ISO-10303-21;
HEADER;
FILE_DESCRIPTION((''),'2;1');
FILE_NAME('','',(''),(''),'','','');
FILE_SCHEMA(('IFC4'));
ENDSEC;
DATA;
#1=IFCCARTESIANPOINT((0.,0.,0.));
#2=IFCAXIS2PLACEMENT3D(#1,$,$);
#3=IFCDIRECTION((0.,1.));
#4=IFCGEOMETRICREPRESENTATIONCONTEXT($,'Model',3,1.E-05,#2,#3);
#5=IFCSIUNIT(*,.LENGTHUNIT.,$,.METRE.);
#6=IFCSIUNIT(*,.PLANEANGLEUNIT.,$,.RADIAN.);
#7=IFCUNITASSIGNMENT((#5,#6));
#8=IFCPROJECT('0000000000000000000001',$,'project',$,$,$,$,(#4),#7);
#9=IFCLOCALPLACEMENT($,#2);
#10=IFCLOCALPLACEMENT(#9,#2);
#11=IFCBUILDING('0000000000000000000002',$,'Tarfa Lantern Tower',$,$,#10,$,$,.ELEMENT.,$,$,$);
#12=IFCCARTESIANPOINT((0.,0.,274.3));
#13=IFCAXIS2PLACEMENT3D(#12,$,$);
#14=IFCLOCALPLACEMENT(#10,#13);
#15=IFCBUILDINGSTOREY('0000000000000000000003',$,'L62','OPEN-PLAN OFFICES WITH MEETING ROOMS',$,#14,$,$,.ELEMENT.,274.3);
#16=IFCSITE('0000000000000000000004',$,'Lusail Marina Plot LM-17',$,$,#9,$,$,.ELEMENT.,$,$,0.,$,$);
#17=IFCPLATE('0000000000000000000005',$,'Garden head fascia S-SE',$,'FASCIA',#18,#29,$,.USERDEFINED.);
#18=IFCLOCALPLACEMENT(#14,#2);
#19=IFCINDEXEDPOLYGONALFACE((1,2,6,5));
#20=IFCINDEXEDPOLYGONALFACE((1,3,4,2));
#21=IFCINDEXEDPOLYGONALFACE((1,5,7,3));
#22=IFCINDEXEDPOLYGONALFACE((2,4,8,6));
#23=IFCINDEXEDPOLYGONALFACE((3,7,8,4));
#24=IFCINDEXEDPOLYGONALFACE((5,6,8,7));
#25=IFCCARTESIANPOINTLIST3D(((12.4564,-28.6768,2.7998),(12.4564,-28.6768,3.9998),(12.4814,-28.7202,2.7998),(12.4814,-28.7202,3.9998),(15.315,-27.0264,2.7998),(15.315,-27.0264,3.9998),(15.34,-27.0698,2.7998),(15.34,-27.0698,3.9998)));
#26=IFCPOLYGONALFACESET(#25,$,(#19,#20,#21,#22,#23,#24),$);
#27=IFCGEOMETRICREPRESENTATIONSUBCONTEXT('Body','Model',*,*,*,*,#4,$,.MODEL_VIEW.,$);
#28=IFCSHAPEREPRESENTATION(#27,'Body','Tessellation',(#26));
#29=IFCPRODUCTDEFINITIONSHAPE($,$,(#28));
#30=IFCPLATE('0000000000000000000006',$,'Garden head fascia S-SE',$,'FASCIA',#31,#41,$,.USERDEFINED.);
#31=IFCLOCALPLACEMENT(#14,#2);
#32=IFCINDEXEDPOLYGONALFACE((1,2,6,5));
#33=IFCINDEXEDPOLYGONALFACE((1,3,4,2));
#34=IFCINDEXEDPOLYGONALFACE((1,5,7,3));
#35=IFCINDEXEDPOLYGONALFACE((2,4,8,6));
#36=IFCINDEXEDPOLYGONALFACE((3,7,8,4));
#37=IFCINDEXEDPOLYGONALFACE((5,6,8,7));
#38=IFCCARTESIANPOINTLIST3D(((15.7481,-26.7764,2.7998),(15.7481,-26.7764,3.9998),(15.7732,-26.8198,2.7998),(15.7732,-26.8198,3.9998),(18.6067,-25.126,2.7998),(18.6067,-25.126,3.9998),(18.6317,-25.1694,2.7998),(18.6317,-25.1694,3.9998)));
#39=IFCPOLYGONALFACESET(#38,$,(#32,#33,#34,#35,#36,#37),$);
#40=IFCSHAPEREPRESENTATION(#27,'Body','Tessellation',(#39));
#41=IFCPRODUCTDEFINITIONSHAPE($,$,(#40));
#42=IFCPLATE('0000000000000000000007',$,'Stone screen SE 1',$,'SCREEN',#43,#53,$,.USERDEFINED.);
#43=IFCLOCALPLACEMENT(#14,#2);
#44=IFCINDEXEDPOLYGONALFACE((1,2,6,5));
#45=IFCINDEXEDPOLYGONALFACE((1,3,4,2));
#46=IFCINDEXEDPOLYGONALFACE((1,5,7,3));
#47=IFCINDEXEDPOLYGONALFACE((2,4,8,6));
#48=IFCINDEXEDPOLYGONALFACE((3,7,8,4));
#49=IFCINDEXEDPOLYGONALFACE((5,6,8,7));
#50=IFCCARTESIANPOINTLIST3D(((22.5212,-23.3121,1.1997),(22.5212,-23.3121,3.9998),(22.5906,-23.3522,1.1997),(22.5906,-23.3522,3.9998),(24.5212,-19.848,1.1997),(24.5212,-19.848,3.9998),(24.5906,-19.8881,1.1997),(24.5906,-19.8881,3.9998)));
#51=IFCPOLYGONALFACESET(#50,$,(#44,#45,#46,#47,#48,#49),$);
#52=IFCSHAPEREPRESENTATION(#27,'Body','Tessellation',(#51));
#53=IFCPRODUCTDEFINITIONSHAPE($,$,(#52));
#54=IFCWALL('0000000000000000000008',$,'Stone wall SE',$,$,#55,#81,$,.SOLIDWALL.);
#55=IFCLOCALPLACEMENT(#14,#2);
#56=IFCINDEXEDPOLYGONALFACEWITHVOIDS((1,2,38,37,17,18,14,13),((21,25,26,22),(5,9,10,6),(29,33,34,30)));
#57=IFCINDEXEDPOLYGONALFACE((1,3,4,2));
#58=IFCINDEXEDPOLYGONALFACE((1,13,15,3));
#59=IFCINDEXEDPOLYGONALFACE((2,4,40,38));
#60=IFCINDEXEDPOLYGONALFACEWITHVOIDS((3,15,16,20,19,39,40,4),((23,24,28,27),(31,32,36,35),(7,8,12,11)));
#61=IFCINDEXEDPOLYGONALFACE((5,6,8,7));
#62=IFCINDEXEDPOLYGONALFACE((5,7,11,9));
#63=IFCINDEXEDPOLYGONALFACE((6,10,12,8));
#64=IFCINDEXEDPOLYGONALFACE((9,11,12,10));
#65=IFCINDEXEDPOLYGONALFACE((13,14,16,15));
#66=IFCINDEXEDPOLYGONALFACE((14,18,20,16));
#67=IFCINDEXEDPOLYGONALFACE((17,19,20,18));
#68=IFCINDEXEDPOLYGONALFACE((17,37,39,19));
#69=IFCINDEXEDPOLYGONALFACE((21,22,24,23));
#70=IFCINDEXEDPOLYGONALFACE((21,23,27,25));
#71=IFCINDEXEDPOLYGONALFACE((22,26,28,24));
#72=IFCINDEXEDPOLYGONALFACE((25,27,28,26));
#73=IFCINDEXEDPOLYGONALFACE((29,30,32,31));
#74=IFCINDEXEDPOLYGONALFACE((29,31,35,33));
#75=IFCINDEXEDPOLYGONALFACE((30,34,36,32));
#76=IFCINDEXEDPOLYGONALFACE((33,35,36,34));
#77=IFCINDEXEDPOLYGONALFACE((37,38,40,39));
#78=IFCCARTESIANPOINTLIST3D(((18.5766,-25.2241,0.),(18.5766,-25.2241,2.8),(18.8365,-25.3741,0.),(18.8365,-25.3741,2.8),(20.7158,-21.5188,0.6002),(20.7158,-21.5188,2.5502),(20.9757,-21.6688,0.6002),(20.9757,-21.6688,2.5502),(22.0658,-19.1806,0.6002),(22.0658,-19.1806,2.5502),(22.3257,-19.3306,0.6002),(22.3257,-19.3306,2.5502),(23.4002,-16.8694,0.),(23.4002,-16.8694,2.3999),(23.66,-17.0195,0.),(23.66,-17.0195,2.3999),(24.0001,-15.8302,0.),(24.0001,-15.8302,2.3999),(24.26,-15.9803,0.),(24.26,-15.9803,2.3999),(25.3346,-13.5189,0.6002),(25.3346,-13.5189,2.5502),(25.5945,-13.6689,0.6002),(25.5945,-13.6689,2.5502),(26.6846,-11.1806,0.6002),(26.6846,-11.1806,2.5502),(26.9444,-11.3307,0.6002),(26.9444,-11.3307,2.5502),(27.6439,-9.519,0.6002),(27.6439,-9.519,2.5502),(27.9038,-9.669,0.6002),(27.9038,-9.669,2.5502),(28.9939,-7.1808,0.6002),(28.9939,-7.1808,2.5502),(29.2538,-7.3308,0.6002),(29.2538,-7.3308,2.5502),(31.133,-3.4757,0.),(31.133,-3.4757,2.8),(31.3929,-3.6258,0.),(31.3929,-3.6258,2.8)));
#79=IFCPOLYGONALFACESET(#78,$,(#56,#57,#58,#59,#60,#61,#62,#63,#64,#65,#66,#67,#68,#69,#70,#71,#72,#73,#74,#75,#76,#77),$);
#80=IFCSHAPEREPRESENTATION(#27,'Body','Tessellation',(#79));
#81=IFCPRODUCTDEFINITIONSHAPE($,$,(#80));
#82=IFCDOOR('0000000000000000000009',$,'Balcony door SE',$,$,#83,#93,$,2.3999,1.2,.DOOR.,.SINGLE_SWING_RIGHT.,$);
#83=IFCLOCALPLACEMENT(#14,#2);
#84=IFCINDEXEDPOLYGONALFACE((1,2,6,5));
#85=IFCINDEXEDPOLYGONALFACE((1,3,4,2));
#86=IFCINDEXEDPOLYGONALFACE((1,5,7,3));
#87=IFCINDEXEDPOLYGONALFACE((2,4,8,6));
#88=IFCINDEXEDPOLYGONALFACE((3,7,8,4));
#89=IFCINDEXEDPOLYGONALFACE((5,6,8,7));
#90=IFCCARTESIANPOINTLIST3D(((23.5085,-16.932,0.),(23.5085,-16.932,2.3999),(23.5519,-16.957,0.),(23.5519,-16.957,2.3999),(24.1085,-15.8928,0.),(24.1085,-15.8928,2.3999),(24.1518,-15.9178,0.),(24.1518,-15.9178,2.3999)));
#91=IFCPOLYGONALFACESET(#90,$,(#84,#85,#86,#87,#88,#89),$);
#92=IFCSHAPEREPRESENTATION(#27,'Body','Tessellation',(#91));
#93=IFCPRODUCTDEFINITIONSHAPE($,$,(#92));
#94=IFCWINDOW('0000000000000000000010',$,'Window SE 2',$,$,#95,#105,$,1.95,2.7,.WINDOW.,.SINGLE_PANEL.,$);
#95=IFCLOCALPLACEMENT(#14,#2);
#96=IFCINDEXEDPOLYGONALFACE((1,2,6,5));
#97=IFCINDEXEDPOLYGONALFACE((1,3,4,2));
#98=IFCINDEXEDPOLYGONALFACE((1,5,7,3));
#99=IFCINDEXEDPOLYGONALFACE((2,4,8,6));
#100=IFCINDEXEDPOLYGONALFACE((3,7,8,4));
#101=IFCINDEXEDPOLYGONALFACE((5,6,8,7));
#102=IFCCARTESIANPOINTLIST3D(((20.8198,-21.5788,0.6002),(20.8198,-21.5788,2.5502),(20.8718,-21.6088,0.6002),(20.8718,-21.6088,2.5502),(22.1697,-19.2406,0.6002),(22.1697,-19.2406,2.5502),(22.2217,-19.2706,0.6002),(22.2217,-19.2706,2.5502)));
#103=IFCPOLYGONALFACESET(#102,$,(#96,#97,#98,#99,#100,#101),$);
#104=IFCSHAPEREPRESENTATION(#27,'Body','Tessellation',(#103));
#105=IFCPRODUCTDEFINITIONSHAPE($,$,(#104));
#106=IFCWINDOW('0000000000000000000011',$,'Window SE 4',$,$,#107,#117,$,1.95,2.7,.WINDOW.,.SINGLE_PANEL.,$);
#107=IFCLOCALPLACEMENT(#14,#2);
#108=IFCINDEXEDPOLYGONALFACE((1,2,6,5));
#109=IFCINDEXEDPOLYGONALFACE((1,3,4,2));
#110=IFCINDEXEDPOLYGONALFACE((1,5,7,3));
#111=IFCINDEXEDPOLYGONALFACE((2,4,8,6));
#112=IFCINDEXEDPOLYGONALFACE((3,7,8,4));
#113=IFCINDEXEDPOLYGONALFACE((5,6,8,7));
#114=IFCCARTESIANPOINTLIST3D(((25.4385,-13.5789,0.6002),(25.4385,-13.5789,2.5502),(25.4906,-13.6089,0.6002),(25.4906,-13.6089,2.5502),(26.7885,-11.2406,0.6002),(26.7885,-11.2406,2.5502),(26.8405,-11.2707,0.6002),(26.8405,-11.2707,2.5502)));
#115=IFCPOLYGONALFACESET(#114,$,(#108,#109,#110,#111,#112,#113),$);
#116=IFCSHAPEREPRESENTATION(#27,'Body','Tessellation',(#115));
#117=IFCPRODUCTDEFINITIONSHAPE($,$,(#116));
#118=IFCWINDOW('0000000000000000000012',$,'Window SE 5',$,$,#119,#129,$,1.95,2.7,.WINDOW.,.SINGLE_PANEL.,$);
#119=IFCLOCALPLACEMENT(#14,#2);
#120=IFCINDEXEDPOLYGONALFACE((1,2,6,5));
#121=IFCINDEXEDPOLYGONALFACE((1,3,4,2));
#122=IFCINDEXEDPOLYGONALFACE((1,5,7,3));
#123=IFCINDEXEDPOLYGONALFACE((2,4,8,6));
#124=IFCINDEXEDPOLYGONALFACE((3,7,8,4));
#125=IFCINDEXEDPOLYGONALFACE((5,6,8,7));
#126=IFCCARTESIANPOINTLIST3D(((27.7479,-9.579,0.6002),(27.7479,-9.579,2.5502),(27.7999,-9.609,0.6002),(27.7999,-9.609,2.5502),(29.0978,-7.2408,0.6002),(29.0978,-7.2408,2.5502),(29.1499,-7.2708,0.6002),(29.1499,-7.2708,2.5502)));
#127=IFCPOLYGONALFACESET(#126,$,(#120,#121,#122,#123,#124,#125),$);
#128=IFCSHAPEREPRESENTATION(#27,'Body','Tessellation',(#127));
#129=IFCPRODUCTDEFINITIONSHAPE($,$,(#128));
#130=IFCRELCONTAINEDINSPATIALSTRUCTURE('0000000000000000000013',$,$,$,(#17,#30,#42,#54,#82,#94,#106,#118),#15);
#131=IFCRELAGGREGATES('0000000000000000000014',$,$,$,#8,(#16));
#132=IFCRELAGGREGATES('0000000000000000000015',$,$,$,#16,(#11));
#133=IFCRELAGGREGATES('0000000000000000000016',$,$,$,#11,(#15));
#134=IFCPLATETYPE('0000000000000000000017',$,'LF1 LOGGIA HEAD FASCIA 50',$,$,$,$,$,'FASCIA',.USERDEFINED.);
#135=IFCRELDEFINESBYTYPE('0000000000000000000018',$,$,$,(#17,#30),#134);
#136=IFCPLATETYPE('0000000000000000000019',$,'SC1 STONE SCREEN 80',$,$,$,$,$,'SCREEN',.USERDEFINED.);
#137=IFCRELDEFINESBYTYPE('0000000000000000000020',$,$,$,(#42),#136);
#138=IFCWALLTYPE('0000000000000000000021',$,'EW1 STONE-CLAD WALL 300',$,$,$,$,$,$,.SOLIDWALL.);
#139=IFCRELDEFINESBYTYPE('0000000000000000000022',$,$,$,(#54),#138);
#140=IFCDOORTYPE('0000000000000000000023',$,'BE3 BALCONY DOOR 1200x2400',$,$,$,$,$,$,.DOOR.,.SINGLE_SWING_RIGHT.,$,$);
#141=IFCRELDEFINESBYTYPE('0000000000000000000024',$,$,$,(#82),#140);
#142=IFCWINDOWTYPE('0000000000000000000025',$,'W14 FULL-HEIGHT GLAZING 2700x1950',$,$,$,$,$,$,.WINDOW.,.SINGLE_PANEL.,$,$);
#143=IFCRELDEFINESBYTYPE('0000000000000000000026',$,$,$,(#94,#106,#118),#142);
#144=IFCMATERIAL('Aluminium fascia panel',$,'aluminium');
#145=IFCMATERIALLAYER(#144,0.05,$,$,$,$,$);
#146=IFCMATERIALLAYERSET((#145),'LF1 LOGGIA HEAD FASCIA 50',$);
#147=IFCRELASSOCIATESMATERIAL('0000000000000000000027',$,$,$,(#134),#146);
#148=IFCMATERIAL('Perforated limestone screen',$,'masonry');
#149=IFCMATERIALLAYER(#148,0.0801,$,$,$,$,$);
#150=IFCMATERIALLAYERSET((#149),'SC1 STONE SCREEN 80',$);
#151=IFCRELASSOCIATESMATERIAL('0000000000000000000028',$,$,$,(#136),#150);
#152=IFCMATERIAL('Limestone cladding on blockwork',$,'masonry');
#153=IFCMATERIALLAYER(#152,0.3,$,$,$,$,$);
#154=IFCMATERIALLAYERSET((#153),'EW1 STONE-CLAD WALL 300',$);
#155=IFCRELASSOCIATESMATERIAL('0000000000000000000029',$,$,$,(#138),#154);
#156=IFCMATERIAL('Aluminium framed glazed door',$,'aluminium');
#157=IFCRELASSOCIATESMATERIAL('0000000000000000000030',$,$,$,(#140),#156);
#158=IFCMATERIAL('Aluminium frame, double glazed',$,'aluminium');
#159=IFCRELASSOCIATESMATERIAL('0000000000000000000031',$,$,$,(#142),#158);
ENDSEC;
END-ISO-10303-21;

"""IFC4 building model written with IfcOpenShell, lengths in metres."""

from ifc_helpers import new_model, si_unit, direction, frame, frame_2d, origin, origin_2d, place, context, subcontext, project, spatial, rectangle, extrude, material, layer, layer_set, type_object, element, fill, save


model = new_model("IFC4")

# Units and contexts
model_context = context("Model", 3, precision=1e-05, world=origin(), true_north=direction((0.0, 1.0)))
body_context = subcontext(model_context, "Body", "Model", "MODEL_VIEW")
ifc_project = project(units=[si_unit("LENGTHUNIT", "METRE"), si_unit("PLANEANGLEUNIT", "RADIAN")], contexts=[model_context])

# Site, building, storey
site_placement = place(None, origin())
site = spatial("IfcSite", under=ifc_project, at=site_placement, Name="Lusail Marina Plot LM-17", CompositionType="ELEMENT", RefElevation=0.0)
building_placement = place(site_placement, origin())
building = spatial("IfcBuilding", under=site, at=building_placement, Name="Tarfa Lantern Tower", CompositionType="ELEMENT")
storey_placement = place(building_placement, frame((0.0, 0.0, 274.3)))
storey = spatial("IfcBuildingStorey", under=building, at=storey_placement, Name="L62", Description="OPEN-PLAN OFFICES WITH MEETING ROOMS", CompositionType="ELEMENT", Elevation=274.3)

# Plates
ifc_material_1 = material(Name="Aluminium fascia panel", Category="aluminium")
ifc_layer_1 = layer(ifc_material_1, 0.05)
ifc_layer_set_1 = layer_set([ifc_layer_1], Name="LF1 LOGGIA HEAD FASCIA 50")
plate_type_1 = type_object("IfcPlateType", Name="LF1 LOGGIA HEAD FASCIA 50", ElementType="FASCIA", PredefinedType="USERDEFINED", material=ifc_layer_set_1)
for number, where, z_axis, x_axis, name in (
    (1, (13.8982, -27.8733, 2.7998), (0.0, 0.0, 1.0), (0.866025, 0.5, 0.0), "Garden head fascia S-SE"),
    (2, (17.1899, -25.9729, 2.7998), (0.0, 0.0, 1.0), (0.866025, 0.5, 0.0), "Garden head fascia S-SE"),
):
    element("IfcPlate", number, at=place(storey_placement, frame(where, z_axis=z_axis, x_axis=x_axis)), inside=storey, type_object=plate_type_1, Name=name, ObjectType="FASCIA", PredefinedType="USERDEFINED", context=body_context, shape_type="SweptSolid", body=[
        extrude(rectangle(XDim=3.3008, YDim=0.05, at=origin_2d()), origin(), (0.0, 0.0, 1.0), 1.2),
    ])
ifc_material_2 = material(Name="Perforated limestone screen", Category="masonry")
ifc_layer_2 = layer(ifc_material_2, 0.0801)
ifc_layer_set_2 = layer_set([ifc_layer_2], Name="SC1 STONE SCREEN 80")
plate_type_2 = type_object("IfcPlateType", Name="SC1 STONE SCREEN 80", ElementType="SCREEN", PredefinedType="USERDEFINED", material=ifc_layer_set_2)
plate_placement = place(storey_placement, frame((23.5559, -21.6001, 1.1997), z_axis=(0.0, 0.0, 1.0), x_axis=(0.5, 0.866025, 0.0)))
element("IfcPlate", 3, at=plate_placement, inside=storey, type_object=plate_type_2, Name="Stone screen SE 1", ObjectType="SCREEN", PredefinedType="USERDEFINED", context=body_context, shape_type="SweptSolid", body=[
    extrude(rectangle(XDim=4.0, YDim=0.0801, at=origin_2d()), origin(), (0.0, 0.0, 1.0), 2.8),
])

# Wall, openings, door, windows
ifc_material_3 = material(Name="Limestone cladding on blockwork", Category="masonry")
ifc_layer_3 = layer(ifc_material_3, 0.3)
ifc_layer_set_3 = layer_set([ifc_layer_3], Name="EW1 STONE-CLAD WALL 300")
wall_type_1 = type_object("IfcWallType", Name="EW1 STONE-CLAD WALL 300", PredefinedType="SOLIDWALL", material=ifc_layer_set_3)
wall_1_placement = place(storey_placement, frame((18.7065, -25.2991, 0.0), z_axis=(0.0, 0.0, 1.0), x_axis=(0.5, 0.866025, 0.0)))
wall_1 = element("IfcWall", 4, at=wall_1_placement, inside=storey, type_object=wall_type_1, Name="Stone wall SE", PredefinedType="SOLIDWALL", context=body_context, shape_type="SweptSolid", body=[
    extrude(rectangle(XDim=25.1128, YDim=0.3, at=frame_2d((12.5564, 0.0))), origin(), (0.0, 0.0, 1.0), 2.8),
])
opening_1_placement = place(wall_1_placement, frame((4.2783, 0.0, 0.6001)))
opening_1 = element("IfcOpeningElement", 5, at=opening_1_placement, cuts=wall_1, PredefinedType="OPENING", context=body_context, shape_type="SweptSolid", body=[
    extrude(rectangle(XDim=2.7, YDim=1.95, at=frame_2d((1.3501, 0.9751))), frame((0.0, 0.1599, 0.0), z_axis=(0.0, -1.0, 0.0), x_axis=(1.0, 0.0, 0.0)), (0.0, 0.0, 1.0), 0.3201),
])
opening_2_placement = place(wall_1_placement, frame((9.647, 0.0, 0.0)))
opening_2 = element("IfcOpeningElement", 6, at=opening_2_placement, cuts=wall_1, PredefinedType="OPENING", context=body_context, shape_type="SweptSolid", body=[
    extrude(rectangle(XDim=1.2, YDim=2.3999, at=frame_2d((0.6001, 1.2))), frame((0.0, 0.1599, 0.0), z_axis=(0.0, -1.0, 0.0), x_axis=(1.0, 0.0, 0.0)), (0.0, 0.0, 1.0), 0.3201),
])
opening_3_placement = place(wall_1_placement, frame((13.5159, 0.0, 0.6001)))
opening_3 = element("IfcOpeningElement", 7, at=opening_3_placement, cuts=wall_1, PredefinedType="OPENING", context=body_context, shape_type="SweptSolid", body=[
    extrude(rectangle(XDim=2.7, YDim=1.95, at=frame_2d((1.3501, 0.9751))), frame((0.0, 0.1599, 0.0), z_axis=(0.0, -1.0, 0.0), x_axis=(1.0, 0.0, 0.0)), (0.0, 0.0, 1.0), 0.3201),
])
opening_4_placement = place(wall_1_placement, frame((18.1345, 0.0, 0.6001)))
opening_4 = element("IfcOpeningElement", 8, at=opening_4_placement, cuts=wall_1, PredefinedType="OPENING", context=body_context, shape_type="SweptSolid", body=[
    extrude(rectangle(XDim=2.7, YDim=1.95, at=frame_2d((1.3501, 0.9751))), frame((0.0, 0.1599, 0.0), z_axis=(0.0, -1.0, 0.0), x_axis=(1.0, 0.0, 0.0)), (0.0, 0.0, 1.0), 0.3201),
])
ifc_material_4 = material(Name="Aluminium framed glazed door", Category="aluminium")
door_type_1 = type_object("IfcDoorType", Name="BE3 BALCONY DOOR 1200x2400", OperationType="SINGLE_SWING_RIGHT", PredefinedType="DOOR", material=ifc_material_4)
door_1_placement = place(opening_2_placement, origin())
door_1 = element("IfcDoor", 9, at=door_1_placement, inside=storey, type_object=door_type_1, Name="Balcony door SE", OperationType="SINGLE_SWING_RIGHT", OverallHeight=2.3999, OverallWidth=1.2, PredefinedType="DOOR", context=body_context, shape_type="SweptSolid", body=[
    extrude(rectangle(XDim=1.2, YDim=2.3999, at=frame_2d((0.6001, 1.2))), frame((0.0, 0.0249, 0.0), z_axis=(0.0, -1.0, 0.0), x_axis=(1.0, 0.0, 0.0)), (0.0, 0.0, 1.0), 0.05),
])
fill(opening_2, door_1)
ifc_material_5 = material(Name="Aluminium frame, double glazed", Category="aluminium")
window_type = type_object("IfcWindowType", Name="W14 FULL-HEIGHT GLAZING 2700x1950", PartitioningType="SINGLE_PANEL", PredefinedType="WINDOW", material=ifc_material_5)
window_1_placement = place(opening_1_placement, origin())
window_1 = element("IfcWindow", 10, at=window_1_placement, inside=storey, type_object=window_type, Name="Window SE 2", OverallHeight=1.95, OverallWidth=2.7, PartitioningType="SINGLE_PANEL", PredefinedType="WINDOW", context=body_context, shape_type="SweptSolid", body=[
    extrude(rectangle(XDim=2.7, YDim=1.95, at=frame_2d((1.3501, 0.9751))), frame((0.0, 0.03, 0.0), z_axis=(0.0, -1.0, 0.0), x_axis=(1.0, 0.0, 0.0)), (0.0, 0.0, 1.0), 0.0601),
])
fill(opening_1, window_1)
window_2_placement = place(opening_3_placement, origin())
window_2 = element("IfcWindow", 11, at=window_2_placement, inside=storey, type_object=window_type, Name="Window SE 4", OverallHeight=1.95, OverallWidth=2.7, PartitioningType="SINGLE_PANEL", PredefinedType="WINDOW", context=body_context, shape_type="SweptSolid", body=[
    extrude(rectangle(XDim=2.7, YDim=1.95, at=frame_2d((1.3501, 0.9751))), frame((0.0, 0.03, 0.0), z_axis=(0.0, -1.0, 0.0), x_axis=(1.0, 0.0, 0.0)), (0.0, 0.0, 1.0), 0.0601),
])
fill(opening_3, window_2)
window_3_placement = place(opening_4_placement, origin())
window_3 = element("IfcWindow", 12, at=window_3_placement, inside=storey, type_object=window_type, Name="Window SE 5", OverallHeight=1.95, OverallWidth=2.7, PartitioningType="SINGLE_PANEL", PredefinedType="WINDOW", context=body_context, shape_type="SweptSolid", body=[
    extrude(rectangle(XDim=2.7, YDim=1.95, at=frame_2d((1.3501, 0.9751))), frame((0.0, 0.03, 0.0), z_axis=(0.0, -1.0, 0.0), x_axis=(1.0, 0.0, 0.0)), (0.0, 0.0, 1.0), 0.0601),
])
fill(opening_4, window_3)

save(model, "model.ifc")
